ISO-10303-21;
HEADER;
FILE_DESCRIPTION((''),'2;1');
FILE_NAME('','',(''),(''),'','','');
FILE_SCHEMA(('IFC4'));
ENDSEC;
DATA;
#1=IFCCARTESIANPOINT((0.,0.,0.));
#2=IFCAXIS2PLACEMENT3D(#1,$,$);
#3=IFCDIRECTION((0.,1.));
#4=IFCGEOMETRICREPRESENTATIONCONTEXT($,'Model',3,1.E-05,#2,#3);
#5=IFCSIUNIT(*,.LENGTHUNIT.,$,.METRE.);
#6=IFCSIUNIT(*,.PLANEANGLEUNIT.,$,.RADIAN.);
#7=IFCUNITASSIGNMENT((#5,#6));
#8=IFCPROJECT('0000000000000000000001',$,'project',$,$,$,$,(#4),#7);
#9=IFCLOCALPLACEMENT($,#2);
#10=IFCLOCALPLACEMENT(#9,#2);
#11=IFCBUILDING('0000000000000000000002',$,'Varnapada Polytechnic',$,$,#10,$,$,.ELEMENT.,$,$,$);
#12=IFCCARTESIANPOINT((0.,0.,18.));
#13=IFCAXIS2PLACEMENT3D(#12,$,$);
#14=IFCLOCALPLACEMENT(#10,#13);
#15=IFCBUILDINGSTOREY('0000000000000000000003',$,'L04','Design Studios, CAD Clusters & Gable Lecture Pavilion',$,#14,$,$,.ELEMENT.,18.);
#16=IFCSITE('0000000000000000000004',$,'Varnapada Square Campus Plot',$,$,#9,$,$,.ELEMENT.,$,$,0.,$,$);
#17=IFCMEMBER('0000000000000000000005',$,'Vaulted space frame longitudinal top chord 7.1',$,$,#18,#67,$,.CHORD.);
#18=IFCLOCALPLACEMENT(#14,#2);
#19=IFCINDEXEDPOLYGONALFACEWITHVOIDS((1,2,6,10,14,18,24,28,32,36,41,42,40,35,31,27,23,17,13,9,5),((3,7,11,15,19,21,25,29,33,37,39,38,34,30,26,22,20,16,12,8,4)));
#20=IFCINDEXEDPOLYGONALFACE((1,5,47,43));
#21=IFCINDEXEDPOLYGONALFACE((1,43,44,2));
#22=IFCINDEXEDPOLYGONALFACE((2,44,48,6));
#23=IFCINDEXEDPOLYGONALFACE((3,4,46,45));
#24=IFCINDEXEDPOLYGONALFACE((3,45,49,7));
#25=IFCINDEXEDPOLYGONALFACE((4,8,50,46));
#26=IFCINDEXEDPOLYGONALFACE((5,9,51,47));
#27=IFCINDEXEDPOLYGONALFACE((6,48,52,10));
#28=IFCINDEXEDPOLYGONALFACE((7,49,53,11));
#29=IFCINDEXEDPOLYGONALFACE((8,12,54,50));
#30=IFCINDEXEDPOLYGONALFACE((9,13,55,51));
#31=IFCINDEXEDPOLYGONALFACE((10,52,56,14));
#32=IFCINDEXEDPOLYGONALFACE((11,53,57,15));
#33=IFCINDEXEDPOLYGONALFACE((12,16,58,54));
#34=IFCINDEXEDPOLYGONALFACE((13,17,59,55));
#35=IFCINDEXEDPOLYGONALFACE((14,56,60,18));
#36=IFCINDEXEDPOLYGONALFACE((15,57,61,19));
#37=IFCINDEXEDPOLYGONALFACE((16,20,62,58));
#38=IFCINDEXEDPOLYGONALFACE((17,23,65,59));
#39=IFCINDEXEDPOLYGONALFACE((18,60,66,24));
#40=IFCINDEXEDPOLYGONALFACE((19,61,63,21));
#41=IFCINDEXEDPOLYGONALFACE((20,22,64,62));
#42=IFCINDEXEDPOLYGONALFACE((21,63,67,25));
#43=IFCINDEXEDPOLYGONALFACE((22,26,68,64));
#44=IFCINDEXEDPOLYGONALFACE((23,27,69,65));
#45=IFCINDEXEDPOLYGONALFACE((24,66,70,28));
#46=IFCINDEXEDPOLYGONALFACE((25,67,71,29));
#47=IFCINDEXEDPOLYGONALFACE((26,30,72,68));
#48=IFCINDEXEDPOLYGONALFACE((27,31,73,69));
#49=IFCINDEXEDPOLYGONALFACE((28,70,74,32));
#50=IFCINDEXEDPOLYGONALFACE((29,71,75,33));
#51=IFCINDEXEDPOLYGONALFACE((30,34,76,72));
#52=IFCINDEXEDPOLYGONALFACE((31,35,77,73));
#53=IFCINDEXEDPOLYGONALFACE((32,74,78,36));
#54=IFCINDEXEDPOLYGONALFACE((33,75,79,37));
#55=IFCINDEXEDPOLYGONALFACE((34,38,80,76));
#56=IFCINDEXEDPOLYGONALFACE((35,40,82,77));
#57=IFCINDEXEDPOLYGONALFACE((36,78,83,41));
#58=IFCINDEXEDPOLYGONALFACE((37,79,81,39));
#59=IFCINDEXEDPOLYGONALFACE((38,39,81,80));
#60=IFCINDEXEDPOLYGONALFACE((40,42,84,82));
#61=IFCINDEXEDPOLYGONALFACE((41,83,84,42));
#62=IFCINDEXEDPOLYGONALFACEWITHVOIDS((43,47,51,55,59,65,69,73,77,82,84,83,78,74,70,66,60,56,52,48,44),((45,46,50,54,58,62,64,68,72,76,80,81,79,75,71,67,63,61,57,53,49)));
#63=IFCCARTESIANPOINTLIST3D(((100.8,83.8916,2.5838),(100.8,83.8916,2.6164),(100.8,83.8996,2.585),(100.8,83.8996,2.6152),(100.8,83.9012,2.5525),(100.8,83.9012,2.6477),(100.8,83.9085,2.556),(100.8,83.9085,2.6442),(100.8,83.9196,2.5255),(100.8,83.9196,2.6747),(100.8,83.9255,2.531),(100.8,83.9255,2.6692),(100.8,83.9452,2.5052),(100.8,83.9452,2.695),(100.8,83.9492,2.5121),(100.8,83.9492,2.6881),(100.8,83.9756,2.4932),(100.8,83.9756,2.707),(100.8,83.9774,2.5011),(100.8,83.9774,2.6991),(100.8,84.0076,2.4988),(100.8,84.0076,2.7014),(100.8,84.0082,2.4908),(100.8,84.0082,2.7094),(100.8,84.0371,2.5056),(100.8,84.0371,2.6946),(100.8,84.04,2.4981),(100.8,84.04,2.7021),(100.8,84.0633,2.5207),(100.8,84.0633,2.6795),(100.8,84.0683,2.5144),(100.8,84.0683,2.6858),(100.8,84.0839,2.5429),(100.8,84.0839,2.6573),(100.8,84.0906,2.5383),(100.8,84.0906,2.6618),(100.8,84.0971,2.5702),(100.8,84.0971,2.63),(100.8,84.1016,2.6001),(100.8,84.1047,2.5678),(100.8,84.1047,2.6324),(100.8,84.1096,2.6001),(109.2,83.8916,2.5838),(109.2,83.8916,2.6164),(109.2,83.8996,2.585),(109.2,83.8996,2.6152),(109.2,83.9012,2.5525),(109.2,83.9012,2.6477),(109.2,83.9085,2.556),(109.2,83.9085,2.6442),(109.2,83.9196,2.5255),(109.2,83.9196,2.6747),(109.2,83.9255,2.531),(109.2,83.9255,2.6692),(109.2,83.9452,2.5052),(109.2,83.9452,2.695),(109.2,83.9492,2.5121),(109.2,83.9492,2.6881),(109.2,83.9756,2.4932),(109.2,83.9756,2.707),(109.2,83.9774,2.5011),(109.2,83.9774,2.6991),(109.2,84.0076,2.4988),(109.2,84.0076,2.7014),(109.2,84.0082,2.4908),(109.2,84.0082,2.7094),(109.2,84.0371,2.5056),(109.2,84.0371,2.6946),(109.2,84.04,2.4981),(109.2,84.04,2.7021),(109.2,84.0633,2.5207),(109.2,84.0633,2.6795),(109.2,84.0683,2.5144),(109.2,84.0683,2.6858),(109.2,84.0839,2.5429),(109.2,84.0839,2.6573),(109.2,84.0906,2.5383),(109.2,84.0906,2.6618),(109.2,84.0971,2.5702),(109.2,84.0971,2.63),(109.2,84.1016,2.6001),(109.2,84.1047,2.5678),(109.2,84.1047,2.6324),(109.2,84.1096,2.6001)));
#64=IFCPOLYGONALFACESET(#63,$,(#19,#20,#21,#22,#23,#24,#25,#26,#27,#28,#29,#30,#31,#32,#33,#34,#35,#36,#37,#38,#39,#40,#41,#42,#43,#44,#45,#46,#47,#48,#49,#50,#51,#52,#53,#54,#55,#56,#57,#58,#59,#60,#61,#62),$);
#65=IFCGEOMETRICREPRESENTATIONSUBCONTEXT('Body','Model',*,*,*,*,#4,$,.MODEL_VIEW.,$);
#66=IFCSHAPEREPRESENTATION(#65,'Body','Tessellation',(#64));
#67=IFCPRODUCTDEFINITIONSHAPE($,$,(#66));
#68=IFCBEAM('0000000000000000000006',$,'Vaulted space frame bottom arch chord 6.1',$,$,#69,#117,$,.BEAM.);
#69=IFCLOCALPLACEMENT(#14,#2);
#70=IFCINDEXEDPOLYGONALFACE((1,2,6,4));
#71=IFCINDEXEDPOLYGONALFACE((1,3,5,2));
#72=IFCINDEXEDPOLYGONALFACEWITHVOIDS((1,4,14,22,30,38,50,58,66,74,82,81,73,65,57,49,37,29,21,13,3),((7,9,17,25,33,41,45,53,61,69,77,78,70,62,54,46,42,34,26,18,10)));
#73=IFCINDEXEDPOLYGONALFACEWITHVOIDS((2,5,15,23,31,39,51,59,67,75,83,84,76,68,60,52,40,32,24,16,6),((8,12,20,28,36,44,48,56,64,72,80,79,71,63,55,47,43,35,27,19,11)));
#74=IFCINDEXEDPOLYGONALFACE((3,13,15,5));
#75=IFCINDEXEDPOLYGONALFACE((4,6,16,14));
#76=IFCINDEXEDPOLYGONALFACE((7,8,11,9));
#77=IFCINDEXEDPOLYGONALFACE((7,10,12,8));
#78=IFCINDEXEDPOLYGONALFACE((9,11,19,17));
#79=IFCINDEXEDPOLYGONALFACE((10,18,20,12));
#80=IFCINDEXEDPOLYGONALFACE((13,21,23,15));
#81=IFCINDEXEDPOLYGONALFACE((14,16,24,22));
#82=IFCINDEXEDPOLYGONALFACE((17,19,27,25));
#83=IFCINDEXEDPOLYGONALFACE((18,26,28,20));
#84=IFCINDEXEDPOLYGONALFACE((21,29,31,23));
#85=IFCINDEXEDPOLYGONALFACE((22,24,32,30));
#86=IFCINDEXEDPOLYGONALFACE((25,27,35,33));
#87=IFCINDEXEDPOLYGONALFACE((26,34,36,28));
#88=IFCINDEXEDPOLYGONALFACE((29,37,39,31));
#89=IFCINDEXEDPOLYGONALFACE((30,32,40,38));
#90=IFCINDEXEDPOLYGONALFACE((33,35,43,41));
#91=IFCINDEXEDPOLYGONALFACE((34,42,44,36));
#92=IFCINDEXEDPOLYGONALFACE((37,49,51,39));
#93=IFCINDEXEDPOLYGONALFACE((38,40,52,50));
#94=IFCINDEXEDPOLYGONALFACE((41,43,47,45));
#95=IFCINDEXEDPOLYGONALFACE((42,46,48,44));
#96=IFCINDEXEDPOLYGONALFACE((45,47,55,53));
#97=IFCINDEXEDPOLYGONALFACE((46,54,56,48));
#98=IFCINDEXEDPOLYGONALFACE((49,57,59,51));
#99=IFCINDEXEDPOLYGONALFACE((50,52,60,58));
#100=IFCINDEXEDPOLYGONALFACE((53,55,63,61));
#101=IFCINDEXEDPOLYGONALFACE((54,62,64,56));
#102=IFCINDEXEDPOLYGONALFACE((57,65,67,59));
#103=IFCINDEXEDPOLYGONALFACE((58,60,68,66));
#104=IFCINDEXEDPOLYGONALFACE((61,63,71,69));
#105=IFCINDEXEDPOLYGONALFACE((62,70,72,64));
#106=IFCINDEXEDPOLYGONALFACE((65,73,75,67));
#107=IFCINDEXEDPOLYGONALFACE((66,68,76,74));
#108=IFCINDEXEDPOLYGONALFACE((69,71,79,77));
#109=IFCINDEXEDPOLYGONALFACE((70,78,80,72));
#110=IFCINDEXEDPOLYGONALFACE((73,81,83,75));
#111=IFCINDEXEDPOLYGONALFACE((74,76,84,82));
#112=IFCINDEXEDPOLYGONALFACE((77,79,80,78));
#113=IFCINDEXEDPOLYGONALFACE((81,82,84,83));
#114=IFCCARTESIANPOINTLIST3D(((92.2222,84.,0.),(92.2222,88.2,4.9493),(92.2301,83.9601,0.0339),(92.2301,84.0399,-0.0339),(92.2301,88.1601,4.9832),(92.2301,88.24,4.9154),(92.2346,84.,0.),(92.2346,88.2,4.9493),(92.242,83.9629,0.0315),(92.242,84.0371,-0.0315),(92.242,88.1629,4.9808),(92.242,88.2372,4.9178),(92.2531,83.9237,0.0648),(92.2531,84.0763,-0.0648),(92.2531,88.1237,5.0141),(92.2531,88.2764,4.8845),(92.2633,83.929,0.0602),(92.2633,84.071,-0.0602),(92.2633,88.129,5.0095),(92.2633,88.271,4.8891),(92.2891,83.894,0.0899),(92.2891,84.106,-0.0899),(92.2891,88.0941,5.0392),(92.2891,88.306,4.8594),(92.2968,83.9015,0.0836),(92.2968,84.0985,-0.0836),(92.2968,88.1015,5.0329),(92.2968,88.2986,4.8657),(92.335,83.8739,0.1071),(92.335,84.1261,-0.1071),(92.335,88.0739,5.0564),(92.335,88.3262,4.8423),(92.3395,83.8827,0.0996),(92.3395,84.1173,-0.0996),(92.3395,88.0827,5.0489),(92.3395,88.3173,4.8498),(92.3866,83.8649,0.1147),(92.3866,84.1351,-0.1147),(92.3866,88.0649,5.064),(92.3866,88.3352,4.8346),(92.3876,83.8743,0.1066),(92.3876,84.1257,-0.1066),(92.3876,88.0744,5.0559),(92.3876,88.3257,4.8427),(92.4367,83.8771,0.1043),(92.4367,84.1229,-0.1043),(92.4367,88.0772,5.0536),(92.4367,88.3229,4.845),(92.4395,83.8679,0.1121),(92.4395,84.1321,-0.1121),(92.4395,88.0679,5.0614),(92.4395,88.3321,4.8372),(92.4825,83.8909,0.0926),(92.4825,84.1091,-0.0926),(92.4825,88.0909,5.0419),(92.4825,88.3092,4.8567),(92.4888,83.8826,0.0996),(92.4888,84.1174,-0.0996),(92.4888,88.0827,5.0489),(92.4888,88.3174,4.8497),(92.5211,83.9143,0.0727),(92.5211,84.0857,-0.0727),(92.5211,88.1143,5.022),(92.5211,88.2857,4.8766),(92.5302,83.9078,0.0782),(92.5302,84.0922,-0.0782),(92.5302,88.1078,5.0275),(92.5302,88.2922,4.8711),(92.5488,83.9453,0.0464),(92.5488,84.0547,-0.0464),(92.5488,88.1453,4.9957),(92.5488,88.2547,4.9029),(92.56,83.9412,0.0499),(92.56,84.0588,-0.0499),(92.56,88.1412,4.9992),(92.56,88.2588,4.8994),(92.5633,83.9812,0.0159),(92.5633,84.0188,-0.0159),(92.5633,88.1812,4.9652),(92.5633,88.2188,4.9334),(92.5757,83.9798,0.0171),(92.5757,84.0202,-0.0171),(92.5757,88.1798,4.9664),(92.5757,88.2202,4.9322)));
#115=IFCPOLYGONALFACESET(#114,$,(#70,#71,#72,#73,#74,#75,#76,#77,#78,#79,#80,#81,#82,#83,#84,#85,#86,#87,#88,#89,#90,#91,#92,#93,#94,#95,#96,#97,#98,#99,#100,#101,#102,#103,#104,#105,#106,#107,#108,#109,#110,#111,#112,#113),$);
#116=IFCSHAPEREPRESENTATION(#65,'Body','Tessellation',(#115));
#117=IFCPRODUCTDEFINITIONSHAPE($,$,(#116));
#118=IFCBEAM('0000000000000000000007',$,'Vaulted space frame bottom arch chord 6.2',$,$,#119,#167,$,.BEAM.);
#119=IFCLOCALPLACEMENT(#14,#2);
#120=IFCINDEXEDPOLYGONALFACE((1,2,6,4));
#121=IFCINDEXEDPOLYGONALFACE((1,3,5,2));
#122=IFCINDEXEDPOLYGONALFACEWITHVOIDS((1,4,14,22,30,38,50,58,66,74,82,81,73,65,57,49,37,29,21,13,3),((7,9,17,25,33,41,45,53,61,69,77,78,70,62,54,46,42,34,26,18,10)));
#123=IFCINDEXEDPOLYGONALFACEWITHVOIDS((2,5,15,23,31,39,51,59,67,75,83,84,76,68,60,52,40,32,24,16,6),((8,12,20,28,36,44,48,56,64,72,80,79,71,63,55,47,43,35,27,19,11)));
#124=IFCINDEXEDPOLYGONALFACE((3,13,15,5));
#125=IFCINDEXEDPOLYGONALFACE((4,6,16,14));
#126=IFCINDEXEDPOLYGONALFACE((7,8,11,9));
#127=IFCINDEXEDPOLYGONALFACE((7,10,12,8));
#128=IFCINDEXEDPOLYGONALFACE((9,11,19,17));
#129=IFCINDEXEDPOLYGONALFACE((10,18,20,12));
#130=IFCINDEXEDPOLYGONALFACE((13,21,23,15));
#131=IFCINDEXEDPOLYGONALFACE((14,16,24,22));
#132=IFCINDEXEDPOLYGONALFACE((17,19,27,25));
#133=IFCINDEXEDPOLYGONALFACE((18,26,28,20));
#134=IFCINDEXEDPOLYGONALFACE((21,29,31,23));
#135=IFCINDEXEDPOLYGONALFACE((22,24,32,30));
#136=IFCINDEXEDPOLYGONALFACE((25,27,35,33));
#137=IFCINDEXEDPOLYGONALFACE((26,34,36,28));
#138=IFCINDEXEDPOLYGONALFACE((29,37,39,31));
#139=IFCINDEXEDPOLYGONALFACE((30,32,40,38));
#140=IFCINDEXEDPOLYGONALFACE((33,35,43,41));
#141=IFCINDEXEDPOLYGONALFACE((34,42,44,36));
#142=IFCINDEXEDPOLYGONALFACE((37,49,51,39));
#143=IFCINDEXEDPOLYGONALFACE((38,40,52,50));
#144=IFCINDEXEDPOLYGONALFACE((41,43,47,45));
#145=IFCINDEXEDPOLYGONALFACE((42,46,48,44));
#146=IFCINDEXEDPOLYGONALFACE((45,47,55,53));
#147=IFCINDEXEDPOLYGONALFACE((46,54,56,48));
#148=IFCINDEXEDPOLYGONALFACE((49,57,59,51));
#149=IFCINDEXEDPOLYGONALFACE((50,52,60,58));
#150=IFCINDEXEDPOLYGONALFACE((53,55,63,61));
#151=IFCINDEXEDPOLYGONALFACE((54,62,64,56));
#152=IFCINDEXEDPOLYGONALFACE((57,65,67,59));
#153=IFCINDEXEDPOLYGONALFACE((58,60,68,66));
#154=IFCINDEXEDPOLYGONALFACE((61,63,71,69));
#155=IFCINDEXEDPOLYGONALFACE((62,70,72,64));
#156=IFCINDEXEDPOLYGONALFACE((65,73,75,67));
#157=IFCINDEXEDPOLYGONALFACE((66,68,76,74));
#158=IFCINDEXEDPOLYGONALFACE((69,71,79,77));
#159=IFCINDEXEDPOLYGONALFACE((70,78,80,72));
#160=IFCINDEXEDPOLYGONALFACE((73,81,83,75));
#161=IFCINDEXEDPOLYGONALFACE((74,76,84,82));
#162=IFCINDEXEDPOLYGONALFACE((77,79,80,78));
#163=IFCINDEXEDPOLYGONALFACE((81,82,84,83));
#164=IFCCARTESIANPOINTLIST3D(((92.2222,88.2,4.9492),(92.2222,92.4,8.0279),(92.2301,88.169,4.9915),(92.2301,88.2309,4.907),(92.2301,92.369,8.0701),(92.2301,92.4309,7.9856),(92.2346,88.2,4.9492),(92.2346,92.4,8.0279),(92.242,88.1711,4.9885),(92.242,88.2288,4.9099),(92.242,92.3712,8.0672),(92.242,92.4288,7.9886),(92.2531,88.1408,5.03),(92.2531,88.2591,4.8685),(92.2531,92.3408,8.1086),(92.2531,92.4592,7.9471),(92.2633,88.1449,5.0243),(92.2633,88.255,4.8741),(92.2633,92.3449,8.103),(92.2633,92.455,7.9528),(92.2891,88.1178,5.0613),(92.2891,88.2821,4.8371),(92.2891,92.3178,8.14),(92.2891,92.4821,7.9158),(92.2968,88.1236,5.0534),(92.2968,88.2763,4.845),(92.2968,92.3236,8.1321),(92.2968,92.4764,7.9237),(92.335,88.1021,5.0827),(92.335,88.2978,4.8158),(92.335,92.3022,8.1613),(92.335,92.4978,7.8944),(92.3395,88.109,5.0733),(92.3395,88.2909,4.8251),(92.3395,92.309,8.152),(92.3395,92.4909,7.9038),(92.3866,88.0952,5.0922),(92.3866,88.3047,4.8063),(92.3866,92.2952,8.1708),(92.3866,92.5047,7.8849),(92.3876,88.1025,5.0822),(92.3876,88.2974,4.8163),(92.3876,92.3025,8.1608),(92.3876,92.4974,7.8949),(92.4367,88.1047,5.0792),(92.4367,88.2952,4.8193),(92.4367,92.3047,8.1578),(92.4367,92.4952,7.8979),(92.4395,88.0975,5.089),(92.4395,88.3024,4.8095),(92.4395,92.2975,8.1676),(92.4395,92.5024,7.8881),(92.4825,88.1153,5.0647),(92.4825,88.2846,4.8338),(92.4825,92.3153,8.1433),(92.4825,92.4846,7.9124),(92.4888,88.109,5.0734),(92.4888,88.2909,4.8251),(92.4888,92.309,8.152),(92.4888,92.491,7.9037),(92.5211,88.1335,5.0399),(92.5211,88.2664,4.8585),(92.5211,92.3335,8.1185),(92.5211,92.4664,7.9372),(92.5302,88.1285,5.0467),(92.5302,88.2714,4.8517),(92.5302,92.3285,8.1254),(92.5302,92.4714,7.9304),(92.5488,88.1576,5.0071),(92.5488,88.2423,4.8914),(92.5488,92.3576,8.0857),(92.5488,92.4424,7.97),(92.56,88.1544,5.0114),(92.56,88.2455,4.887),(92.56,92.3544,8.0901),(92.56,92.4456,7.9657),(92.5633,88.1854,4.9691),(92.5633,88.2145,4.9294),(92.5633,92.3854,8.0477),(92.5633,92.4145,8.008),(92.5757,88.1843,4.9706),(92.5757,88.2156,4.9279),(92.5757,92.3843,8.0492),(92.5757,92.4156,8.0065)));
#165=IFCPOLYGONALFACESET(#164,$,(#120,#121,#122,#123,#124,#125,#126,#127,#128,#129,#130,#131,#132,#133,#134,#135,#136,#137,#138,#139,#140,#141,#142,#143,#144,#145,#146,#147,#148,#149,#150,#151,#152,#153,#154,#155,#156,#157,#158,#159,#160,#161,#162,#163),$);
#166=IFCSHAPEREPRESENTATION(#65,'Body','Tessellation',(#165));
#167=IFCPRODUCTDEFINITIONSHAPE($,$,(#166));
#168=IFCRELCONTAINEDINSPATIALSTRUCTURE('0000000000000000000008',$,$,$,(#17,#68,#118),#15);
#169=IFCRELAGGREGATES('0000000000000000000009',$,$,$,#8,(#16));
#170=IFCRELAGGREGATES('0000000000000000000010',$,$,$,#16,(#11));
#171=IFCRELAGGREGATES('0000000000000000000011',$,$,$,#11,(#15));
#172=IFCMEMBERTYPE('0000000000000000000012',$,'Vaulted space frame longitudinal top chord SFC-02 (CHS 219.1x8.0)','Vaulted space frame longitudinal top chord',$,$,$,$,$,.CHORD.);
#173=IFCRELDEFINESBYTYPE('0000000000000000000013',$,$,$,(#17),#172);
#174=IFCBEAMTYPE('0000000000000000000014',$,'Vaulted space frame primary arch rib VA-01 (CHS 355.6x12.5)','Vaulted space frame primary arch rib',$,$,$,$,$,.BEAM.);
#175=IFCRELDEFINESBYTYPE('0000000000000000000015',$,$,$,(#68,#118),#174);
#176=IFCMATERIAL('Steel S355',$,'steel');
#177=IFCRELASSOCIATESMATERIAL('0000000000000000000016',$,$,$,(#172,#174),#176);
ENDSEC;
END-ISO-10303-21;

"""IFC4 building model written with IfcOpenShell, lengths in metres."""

from ifc_helpers import new_model, si_unit, direction, frame, origin, origin_2d, place, context, subcontext, project, spatial, hollow_circle, extrude, material, material_profile, profile_set, type_object, element, save


model = new_model("IFC4")

# Units and contexts
model_context = context("Model", 3, precision=1e-05, world=origin(), true_north=direction((0.0, 1.0)))
body_context = subcontext(model_context, "Body", "Model", "MODEL_VIEW")
ifc_project = project(units=[si_unit("LENGTHUNIT", "METRE"), si_unit("PLANEANGLEUNIT", "RADIAN")], contexts=[model_context])

# Site, building, storey
site_placement = place(None, origin())
site = spatial("IfcSite", under=ifc_project, at=site_placement, Name="Varnapada Square Campus Plot", CompositionType="ELEMENT", RefElevation=0.0)
building_placement = place(site_placement, origin())
building = spatial("IfcBuilding", under=site, at=building_placement, Name="Varnapada Polytechnic", CompositionType="ELEMENT")
storey_placement = place(building_placement, frame((0.0, 0.0, 18.0)))
storey = spatial("IfcBuildingStorey", under=building, at=storey_placement, Name="L04", Description="Design Studios, CAD Clusters & Gable Lecture Pavilion", CompositionType="ELEMENT", Elevation=18.0)

# Shared definitions
ifc_material = material(Name="Steel S355", Category="steel")

# Member
ifc_material_profile_1 = material_profile(ifc_material, hollow_circle(Radius=0.1096, WallThickness=0.0081, at=origin_2d()), Name="CHS 219.1x8.0")
ifc_profile_set_1 = profile_set([ifc_material_profile_1], Name="Steel S355")
member_type_1 = type_object("IfcMemberType", Name="Vaulted space frame longitudinal top chord SFC-02 (CHS 219.1x8.0)", Description="Vaulted space frame longitudinal top chord", PredefinedType="CHORD", material=ifc_profile_set_1)
member_1_placement = place(storey_placement, frame((100.8, 84.0, 2.6001), z_axis=(1.0, 0.0, 0.0), x_axis=(0.0, 1.0, 0.0)))
element("IfcMember", 1, at=member_1_placement, inside=storey, type_object=member_type_1, Name="Vaulted space frame longitudinal top chord 7.1", PredefinedType="CHORD", context=body_context, shape_type="SweptSolid", body=[
    extrude(hollow_circle(Radius=0.1096, WallThickness=0.0081, at=origin_2d()), origin(), (0.0, 0.0, 1.0), 8.3999),
])

# Beams
ifc_material_profile_2 = material_profile(ifc_material, hollow_circle(Radius=0.1777, WallThickness=0.0125, at=origin_2d()), Name="CHS 355.6x12.5")
ifc_profile_set_2 = profile_set([ifc_material_profile_2], Name="Steel S355")
beam_type_1 = type_object("IfcBeamType", Name="Vaulted space frame primary arch rib VA-01 (CHS 355.6x12.5)", Description="Vaulted space frame primary arch rib", PredefinedType="BEAM", material=ifc_profile_set_2)
beam_1_placement = place(storey_placement, frame((92.3999, 84.0, 0.0), z_axis=(0.0, 0.647032, 0.762462), x_axis=(-1.0, 0.0, 0.0)))
element("IfcBeam", 2, at=beam_1_placement, inside=storey, type_object=beam_type_1, Name="Vaulted space frame bottom arch chord 6.1", PredefinedType="BEAM", context=body_context, shape_type="SweptSolid", body=[
    extrude(hollow_circle(Radius=0.1777, WallThickness=0.0125, at=origin_2d()), origin(), (0.0, 0.0, 1.0), 6.4912),
])
beam_2_placement = place(storey_placement, frame((92.3999, 88.2, 4.9492), z_axis=(0.0, 0.806529, 0.591195), x_axis=(-1.0, 0.0, 0.0)))
element("IfcBeam", 3, at=beam_2_placement, inside=storey, type_object=beam_type_1, Name="Vaulted space frame bottom arch chord 6.2", PredefinedType="BEAM", context=body_context, shape_type="SweptSolid", body=[
    extrude(hollow_circle(Radius=0.1777, WallThickness=0.0125, at=origin_2d()), origin(), (0.0, 0.0, 1.0), 5.2075),
])

save(model, "model.ifc")
